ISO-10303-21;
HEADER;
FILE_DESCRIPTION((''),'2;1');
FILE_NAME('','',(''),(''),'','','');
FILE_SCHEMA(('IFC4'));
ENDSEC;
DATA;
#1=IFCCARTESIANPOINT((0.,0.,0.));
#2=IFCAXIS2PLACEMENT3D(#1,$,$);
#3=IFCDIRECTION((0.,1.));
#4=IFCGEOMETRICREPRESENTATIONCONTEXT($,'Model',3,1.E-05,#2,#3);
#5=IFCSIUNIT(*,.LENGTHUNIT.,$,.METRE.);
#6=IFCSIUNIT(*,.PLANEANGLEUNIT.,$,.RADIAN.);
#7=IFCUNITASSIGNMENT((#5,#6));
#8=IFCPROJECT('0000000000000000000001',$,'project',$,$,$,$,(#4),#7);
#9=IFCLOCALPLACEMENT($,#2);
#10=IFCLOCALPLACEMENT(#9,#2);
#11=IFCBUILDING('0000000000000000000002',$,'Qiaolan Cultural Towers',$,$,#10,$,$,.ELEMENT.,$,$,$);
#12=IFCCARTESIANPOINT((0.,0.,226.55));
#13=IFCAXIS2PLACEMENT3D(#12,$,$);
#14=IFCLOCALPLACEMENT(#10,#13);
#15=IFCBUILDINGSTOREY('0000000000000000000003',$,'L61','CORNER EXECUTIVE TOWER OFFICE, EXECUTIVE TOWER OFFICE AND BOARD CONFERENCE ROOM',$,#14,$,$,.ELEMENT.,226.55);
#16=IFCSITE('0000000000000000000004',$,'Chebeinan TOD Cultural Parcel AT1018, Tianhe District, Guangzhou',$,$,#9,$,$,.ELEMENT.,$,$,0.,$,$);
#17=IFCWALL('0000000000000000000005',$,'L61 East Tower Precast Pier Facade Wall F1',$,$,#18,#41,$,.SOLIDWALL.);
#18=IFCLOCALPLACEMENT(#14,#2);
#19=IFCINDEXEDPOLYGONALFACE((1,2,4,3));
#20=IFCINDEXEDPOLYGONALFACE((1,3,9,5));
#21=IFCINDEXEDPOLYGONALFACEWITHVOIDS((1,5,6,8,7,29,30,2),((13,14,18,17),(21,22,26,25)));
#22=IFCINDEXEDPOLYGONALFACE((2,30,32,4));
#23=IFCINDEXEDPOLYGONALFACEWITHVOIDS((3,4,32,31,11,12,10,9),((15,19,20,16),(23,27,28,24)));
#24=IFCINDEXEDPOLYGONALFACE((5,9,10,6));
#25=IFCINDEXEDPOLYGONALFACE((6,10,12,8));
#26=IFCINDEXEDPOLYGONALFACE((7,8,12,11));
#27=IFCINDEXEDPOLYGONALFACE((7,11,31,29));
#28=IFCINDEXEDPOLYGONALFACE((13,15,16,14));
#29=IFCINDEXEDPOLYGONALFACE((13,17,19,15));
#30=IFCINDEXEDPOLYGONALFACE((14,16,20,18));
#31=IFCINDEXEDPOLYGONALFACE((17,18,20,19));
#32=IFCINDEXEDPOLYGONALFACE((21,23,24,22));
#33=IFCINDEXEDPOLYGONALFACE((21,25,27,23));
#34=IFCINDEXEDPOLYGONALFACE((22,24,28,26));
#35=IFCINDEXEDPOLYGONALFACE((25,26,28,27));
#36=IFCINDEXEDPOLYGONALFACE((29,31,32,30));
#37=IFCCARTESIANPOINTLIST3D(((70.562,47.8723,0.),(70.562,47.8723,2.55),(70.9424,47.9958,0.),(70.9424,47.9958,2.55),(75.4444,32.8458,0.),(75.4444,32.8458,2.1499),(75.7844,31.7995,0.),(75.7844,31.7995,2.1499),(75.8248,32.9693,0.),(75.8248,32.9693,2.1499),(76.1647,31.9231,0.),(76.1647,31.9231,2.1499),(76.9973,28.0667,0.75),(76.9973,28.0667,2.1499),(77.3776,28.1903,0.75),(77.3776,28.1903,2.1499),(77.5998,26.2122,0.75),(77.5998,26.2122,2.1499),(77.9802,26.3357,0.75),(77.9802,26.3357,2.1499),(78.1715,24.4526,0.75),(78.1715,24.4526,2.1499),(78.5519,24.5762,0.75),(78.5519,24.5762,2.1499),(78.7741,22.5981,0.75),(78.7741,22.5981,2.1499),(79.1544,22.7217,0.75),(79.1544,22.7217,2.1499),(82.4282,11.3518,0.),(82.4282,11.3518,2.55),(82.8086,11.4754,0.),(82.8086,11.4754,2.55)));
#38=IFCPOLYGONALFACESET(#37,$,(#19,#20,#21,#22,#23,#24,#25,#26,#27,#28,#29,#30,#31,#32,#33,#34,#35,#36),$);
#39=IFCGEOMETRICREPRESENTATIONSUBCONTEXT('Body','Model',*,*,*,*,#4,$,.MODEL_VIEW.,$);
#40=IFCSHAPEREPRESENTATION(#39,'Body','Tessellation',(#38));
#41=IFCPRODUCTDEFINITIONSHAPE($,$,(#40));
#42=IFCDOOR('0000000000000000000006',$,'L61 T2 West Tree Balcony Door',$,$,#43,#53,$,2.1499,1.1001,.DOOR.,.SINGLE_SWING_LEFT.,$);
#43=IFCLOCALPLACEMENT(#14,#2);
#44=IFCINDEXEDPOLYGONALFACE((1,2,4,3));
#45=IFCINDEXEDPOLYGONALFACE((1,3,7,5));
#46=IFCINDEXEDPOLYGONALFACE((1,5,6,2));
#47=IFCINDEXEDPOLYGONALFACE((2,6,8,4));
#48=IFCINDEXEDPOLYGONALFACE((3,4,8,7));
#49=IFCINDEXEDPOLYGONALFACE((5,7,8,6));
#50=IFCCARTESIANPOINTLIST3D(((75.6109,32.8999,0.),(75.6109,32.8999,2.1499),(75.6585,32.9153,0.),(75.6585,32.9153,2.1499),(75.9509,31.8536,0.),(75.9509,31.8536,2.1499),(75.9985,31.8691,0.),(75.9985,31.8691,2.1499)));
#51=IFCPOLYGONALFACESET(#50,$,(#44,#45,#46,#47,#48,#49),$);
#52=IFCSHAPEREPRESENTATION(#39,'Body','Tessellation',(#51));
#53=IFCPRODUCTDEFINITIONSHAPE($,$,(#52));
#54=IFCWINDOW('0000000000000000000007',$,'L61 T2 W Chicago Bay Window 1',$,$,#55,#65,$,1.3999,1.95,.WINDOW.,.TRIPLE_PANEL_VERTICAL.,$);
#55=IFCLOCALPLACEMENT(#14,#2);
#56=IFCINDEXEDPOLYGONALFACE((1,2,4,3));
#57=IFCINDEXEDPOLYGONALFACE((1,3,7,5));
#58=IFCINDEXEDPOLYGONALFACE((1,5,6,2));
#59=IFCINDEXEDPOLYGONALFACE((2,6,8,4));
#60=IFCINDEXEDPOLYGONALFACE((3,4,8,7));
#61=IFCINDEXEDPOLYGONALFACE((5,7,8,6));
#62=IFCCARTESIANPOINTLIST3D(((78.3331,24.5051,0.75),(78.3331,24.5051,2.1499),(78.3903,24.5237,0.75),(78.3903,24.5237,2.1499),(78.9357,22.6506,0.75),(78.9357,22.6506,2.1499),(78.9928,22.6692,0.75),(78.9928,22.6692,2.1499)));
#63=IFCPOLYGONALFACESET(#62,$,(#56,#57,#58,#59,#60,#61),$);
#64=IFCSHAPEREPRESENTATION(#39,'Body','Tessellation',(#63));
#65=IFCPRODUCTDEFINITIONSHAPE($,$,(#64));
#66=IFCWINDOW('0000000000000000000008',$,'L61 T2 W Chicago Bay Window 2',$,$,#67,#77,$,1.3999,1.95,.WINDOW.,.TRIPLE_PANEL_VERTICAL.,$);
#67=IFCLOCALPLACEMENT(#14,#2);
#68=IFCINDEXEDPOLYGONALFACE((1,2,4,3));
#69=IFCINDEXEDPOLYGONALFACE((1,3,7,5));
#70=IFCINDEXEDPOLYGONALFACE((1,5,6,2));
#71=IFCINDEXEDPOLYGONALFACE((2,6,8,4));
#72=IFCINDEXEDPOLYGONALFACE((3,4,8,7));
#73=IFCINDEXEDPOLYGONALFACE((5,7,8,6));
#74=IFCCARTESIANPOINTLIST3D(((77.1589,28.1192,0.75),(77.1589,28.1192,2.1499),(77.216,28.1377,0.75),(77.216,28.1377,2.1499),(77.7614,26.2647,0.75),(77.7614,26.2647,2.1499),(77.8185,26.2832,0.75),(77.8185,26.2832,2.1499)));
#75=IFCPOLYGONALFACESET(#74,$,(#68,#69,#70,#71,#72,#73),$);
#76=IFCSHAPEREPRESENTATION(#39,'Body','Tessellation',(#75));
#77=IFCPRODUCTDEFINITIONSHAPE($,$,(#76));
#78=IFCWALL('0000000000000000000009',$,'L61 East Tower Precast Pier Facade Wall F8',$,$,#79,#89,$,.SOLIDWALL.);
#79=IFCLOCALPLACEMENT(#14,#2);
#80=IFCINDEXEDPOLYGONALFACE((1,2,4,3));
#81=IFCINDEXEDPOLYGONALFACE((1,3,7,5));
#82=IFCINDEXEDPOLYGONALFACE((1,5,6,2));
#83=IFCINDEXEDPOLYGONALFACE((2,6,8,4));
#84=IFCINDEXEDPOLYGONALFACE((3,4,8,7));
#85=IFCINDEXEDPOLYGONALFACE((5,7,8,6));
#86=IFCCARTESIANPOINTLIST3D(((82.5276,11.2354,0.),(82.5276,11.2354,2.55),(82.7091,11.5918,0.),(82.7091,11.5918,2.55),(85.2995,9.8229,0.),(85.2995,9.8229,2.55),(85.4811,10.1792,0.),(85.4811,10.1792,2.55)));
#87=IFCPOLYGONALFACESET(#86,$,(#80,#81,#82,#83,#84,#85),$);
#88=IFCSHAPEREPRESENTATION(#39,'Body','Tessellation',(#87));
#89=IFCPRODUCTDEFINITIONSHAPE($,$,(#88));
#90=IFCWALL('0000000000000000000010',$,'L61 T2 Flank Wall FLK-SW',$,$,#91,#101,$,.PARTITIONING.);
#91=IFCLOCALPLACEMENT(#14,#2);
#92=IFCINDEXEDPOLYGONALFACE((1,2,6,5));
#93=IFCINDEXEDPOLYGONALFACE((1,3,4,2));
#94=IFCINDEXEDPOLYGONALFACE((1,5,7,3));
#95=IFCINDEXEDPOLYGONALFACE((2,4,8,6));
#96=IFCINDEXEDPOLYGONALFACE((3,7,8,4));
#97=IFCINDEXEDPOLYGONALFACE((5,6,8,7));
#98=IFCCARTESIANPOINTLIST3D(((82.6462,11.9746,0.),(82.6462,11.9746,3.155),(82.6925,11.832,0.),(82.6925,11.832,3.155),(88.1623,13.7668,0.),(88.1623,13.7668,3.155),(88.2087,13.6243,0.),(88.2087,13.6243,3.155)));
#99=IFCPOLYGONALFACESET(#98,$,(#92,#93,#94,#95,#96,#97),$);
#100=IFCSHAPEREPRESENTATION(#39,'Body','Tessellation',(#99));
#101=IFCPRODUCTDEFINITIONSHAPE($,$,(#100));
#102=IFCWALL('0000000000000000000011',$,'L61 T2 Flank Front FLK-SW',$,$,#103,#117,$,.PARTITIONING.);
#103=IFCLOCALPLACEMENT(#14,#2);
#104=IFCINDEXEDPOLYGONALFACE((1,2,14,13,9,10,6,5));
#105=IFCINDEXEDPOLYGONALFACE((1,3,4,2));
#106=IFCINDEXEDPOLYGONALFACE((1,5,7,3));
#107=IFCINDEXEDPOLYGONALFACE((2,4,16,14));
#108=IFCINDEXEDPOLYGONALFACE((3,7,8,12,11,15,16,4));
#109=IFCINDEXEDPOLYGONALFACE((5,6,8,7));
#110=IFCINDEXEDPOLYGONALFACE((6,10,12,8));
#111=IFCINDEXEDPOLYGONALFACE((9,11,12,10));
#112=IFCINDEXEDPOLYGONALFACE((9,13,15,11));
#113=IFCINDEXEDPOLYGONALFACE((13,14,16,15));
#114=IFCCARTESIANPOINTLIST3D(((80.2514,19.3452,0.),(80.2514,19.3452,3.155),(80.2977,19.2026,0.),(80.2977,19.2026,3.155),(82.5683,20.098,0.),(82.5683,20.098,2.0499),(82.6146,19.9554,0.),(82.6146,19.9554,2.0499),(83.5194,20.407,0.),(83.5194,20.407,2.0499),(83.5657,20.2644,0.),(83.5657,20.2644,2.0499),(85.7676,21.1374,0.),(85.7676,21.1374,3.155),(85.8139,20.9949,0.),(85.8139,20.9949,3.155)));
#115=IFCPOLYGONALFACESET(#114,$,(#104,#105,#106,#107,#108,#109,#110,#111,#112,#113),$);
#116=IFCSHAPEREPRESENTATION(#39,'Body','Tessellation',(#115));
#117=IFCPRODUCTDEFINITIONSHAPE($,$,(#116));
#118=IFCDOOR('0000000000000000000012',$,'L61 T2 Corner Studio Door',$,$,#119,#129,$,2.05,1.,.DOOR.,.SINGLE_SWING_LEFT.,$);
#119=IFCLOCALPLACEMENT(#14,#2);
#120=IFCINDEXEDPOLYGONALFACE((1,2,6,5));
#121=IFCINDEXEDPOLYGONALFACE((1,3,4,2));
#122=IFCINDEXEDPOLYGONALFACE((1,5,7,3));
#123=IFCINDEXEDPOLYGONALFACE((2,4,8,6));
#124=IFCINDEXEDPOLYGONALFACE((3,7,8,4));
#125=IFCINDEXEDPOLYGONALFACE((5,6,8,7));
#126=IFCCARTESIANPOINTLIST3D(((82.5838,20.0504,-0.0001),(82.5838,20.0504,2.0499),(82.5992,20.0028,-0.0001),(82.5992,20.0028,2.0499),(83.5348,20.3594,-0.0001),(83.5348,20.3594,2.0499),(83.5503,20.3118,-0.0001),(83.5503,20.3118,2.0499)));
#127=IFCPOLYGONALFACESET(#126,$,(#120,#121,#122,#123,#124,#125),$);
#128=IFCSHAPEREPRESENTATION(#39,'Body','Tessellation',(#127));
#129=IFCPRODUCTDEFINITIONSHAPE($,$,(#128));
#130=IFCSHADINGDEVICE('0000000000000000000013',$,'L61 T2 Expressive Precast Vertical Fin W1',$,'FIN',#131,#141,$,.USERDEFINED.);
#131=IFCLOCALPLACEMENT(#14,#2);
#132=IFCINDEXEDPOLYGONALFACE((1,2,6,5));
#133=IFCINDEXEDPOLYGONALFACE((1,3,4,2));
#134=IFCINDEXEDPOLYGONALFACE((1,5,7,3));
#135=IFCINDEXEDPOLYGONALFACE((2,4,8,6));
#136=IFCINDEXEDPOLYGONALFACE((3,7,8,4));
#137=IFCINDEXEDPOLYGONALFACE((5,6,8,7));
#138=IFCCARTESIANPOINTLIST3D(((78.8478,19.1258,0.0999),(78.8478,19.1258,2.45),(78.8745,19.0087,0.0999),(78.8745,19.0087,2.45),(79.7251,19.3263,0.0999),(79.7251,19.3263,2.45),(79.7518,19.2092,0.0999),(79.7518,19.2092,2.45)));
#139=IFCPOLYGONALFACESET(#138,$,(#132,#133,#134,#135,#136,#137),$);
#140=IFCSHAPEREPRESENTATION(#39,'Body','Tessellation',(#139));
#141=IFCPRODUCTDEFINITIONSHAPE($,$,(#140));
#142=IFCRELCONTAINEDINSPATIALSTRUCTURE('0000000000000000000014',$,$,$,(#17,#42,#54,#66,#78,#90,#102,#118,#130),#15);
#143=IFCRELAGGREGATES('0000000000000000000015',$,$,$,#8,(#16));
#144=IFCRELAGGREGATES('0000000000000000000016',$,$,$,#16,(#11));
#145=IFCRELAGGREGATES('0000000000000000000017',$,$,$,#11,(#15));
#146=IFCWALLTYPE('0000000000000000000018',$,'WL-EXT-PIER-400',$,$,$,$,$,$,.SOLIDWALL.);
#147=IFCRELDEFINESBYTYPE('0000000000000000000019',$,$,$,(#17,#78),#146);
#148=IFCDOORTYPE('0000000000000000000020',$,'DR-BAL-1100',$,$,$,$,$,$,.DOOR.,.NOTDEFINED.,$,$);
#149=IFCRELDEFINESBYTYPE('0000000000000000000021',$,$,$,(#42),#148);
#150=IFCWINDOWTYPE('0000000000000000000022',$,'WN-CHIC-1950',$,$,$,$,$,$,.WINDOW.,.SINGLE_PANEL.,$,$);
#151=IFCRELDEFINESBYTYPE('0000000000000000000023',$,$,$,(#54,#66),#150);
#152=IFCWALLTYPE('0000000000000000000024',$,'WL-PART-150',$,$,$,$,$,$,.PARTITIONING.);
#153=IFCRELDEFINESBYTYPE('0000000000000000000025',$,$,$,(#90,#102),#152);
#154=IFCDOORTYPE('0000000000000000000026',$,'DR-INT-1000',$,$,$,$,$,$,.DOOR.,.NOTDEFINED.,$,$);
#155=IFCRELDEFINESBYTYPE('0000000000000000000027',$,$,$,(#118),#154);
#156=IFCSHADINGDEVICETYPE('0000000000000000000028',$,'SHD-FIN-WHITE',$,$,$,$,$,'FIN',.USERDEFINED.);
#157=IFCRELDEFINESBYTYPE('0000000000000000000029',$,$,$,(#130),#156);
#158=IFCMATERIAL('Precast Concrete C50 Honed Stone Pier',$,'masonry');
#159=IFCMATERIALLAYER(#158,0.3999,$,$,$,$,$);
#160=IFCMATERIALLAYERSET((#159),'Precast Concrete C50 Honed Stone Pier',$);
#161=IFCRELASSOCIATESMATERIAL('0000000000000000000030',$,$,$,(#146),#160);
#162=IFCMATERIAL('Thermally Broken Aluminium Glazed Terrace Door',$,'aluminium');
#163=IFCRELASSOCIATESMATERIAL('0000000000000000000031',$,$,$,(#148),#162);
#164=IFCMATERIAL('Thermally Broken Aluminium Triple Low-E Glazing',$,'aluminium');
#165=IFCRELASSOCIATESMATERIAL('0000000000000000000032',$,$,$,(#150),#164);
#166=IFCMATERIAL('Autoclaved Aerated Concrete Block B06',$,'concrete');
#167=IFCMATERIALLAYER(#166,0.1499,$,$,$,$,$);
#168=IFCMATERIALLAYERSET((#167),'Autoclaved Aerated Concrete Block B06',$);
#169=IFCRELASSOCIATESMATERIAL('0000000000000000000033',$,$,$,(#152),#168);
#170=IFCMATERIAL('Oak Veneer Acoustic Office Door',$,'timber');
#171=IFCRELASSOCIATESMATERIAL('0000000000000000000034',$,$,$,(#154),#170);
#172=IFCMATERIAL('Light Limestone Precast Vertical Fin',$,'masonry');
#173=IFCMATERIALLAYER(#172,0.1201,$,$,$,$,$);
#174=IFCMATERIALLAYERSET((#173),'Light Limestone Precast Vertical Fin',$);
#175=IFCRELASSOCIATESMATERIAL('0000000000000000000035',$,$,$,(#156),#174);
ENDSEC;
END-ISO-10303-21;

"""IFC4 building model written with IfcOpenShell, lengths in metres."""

from ifc_helpers import new_model, si_unit, direction, frame, frame_2d, origin, origin_2d, place, context, subcontext, project, spatial, rectangle, extrude, material, layer, layer_set, type_object, element, fill, save


model = new_model("IFC4")

# Units and contexts
model_context = context("Model", 3, precision=1e-05, world=origin(), true_north=direction((0.0, 1.0)))
body_context = subcontext(model_context, "Body", "Model", "MODEL_VIEW")
ifc_project = project(units=[si_unit("LENGTHUNIT", "METRE"), si_unit("PLANEANGLEUNIT", "RADIAN")], contexts=[model_context])

# Site, building, storey
site_placement = place(None, origin())
site = spatial("IfcSite", under=ifc_project, at=site_placement, Name="Chebeinan TOD Cultural Parcel AT1018, Tianhe District, Guangzhou", CompositionType="ELEMENT", RefElevation=0.0)
building_placement = place(site_placement, origin())
building = spatial("IfcBuilding", under=site, at=building_placement, Name="Qiaolan Cultural Towers", CompositionType="ELEMENT")
storey_placement = place(building_placement, frame((0.0, 0.0, 226.55)))
storey = spatial("IfcBuildingStorey", under=building, at=storey_placement, Name="L61", Description="CORNER EXECUTIVE TOWER OFFICE, EXECUTIVE TOWER OFFICE AND BOARD CONFERENCE ROOM", CompositionType="ELEMENT", Elevation=226.55)

# Wall, openings, door, windows
ifc_material_1 = material(Name="Precast Concrete C50 Honed Stone Pier", Category="masonry")
ifc_layer_1 = layer(ifc_material_1, 0.3999)
ifc_layer_set_1 = layer_set([ifc_layer_1], Name="Precast Concrete C50 Honed Stone Pier")
wall_type_1 = type_object("IfcWallType", Name="WL-EXT-PIER-400", PredefinedType="SOLIDWALL", material=ifc_layer_set_1)
wall_1_placement = place(storey_placement, frame((82.6184, 11.4136, 0.0), z_axis=(0.0, 0.0, 1.0), x_axis=(-0.309016, 0.951057, 0.0)))
wall_1 = element("IfcWall", 1, at=wall_1_placement, inside=storey, type_object=wall_type_1, Name="L61 East Tower Precast Pier Facade Wall F1", PredefinedType="SOLIDWALL", context=body_context, shape_type="SweptSolid", body=[
    extrude(rectangle(XDim=38.3999, YDim=0.3999, at=frame_2d((19.2, 0.0))), origin(), (0.0, 0.0, 1.0), 2.55),
])
opening_1_placement = place(wall_1_placement, frame((11.825, 0.0, 0.75)))
opening_1 = element("IfcOpeningElement", 2, at=opening_1_placement, cuts=wall_1, PredefinedType="OPENING", context=body_context, shape_type="SweptSolid", body=[
    extrude(rectangle(XDim=1.95, YDim=1.3999, at=frame_2d((0.9751, 0.7))), frame((0.0, 0.21, 0.0), z_axis=(0.0, -1.0, 0.0), x_axis=(1.0, 0.0, 0.0)), (0.0, 0.0, 1.0), 0.4199),
])
opening_2_placement = place(wall_1_placement, frame((15.625, 0.0, 0.75)))
opening_2 = element("IfcOpeningElement", 3, at=opening_2_placement, cuts=wall_1, PredefinedType="OPENING", context=body_context, shape_type="SweptSolid", body=[
    extrude(rectangle(XDim=1.95, YDim=1.3999, at=frame_2d((0.9751, 0.7))), frame((0.0, 0.21, 0.0), z_axis=(0.0, -1.0, 0.0), x_axis=(1.0, 0.0, 0.0)), (0.0, 0.0, 1.0), 0.4199),
])
opening_3_placement = place(wall_1_placement, frame((21.5, 0.0, 0.0)))
opening_3 = element("IfcOpeningElement", 4, at=opening_3_placement, cuts=wall_1, PredefinedType="OPENING", context=body_context, shape_type="SweptSolid", body=[
    extrude(rectangle(XDim=1.1001, YDim=2.1499, at=frame_2d((0.55, 1.075))), frame((0.0, 0.21, 0.0), z_axis=(0.0, -1.0, 0.0), x_axis=(1.0, 0.0, 0.0)), (0.0, 0.0, 1.0), 0.4199),
])
ifc_material_2 = material(Name="Thermally Broken Aluminium Glazed Terrace Door", Category="aluminium")
door_type_1 = type_object("IfcDoorType", Name="DR-BAL-1100", OperationType="NOTDEFINED", PredefinedType="DOOR", material=ifc_material_2)
door_1_placement = place(opening_3_placement, origin())
door_1 = element("IfcDoor", 5, at=door_1_placement, inside=storey, type_object=door_type_1, Name="L61 T2 West Tree Balcony Door", OperationType="SINGLE_SWING_LEFT", OverallHeight=2.1499, OverallWidth=1.1001, PredefinedType="DOOR", context=body_context, shape_type="SweptSolid", body=[
    extrude(rectangle(XDim=1.1001, YDim=2.1499, at=frame_2d((0.55, 1.075))), frame((0.0, 0.0249, 0.0), z_axis=(0.0, -1.0, 0.0), x_axis=(1.0, 0.0, 0.0)), (0.0, 0.0, 1.0), 0.05),
])
fill(opening_3, door_1)
ifc_material_3 = material(Name="Thermally Broken Aluminium Triple Low-E Glazing", Category="aluminium")
window_type = type_object("IfcWindowType", Name="WN-CHIC-1950", PartitioningType="SINGLE_PANEL", PredefinedType="WINDOW", material=ifc_material_3)
window_1_placement = place(opening_1_placement, origin())
window_1 = element("IfcWindow", 6, at=window_1_placement, inside=storey, type_object=window_type, Name="L61 T2 W Chicago Bay Window 1", OverallHeight=1.3999, OverallWidth=1.95, PartitioningType="TRIPLE_PANEL_VERTICAL", PredefinedType="WINDOW", context=body_context, shape_type="SweptSolid", body=[
    extrude(rectangle(XDim=1.95, YDim=1.3999, at=frame_2d((0.9751, 0.7))), frame((0.0, 0.03, 0.0), z_axis=(0.0, -1.0, 0.0), x_axis=(1.0, 0.0, 0.0)), (0.0, 0.0, 1.0), 0.0601),
])
fill(opening_1, window_1)
window_2_placement = place(opening_2_placement, origin())
window_2 = element("IfcWindow", 7, at=window_2_placement, inside=storey, type_object=window_type, Name="L61 T2 W Chicago Bay Window 2", OverallHeight=1.3999, OverallWidth=1.95, PartitioningType="TRIPLE_PANEL_VERTICAL", PredefinedType="WINDOW", context=body_context, shape_type="SweptSolid", body=[
    extrude(rectangle(XDim=1.95, YDim=1.3999, at=frame_2d((0.9751, 0.7))), frame((0.0, 0.03, 0.0), z_axis=(0.0, -1.0, 0.0), x_axis=(1.0, 0.0, 0.0)), (0.0, 0.0, 1.0), 0.0601),
])
fill(opening_2, window_2)

# Walls
wall_2_placement = place(storey_placement, frame((85.3904, 10.001, 0.0), z_axis=(0.0, 0.0, 1.0), x_axis=(-0.89098, 0.454043, 0.0)))
element("IfcWall", 8, at=wall_2_placement, inside=storey, type_object=wall_type_1, Name="L61 East Tower Precast Pier Facade Wall F8", PredefinedType="SOLIDWALL", context=body_context, shape_type="SweptSolid", body=[
    extrude(rectangle(XDim=3.1111, YDim=0.3999, at=frame_2d((1.5557, 0.0))), origin(), (0.0, 0.0, 1.0), 2.55),
])
ifc_material_4 = material(Name="Autoclaved Aerated Concrete Block B06", Category="concrete")
ifc_layer_2 = layer(ifc_material_4, 0.1499)
ifc_layer_set_2 = layer_set([ifc_layer_2], Name="Autoclaved Aerated Concrete Block B06")
wall_type_2 = type_object("IfcWallType", Name="WL-PART-150", PredefinedType="PARTITIONING", material=ifc_layer_set_2)
wall_3_placement = place(storey_placement, frame((82.6694, 11.9033, 0.0), z_axis=(0.0, 0.0, 1.0), x_axis=(0.951059, 0.309008, 0.0)))
element("IfcWall", 9, at=wall_3_placement, inside=storey, type_object=wall_type_2, Name="L61 T2 Flank Wall FLK-SW", PredefinedType="PARTITIONING", context=body_context, shape_type="SweptSolid", body=[
    extrude(rectangle(XDim=5.8, YDim=0.1499, at=frame_2d((2.8999, 0.0))), origin(), (0.0, 0.0, 1.0), 3.155),
])

# Wall, opening, door
wall_4_placement = place(storey_placement, frame((80.2747, 19.2739, 0.0), z_axis=(0.0, 0.0, 1.0), x_axis=(0.951059, 0.309008, 0.0)))
wall_4 = element("IfcWall", 10, at=wall_4_placement, inside=storey, type_object=wall_type_2, Name="L61 T2 Flank Front FLK-SW", PredefinedType="PARTITIONING", context=body_context, shape_type="SweptSolid", body=[
    extrude(rectangle(XDim=5.8, YDim=0.1499, at=frame_2d((2.8999, 0.0))), origin(), (0.0, 0.0, 1.0), 3.155),
])
opening_4_placement = place(wall_4_placement, frame((2.436, 0.0, 0.0)))
opening_4 = element("IfcOpeningElement", 11, at=opening_4_placement, cuts=wall_4, PredefinedType="OPENING", context=body_context, shape_type="SweptSolid", body=[
    extrude(rectangle(XDim=1.0, YDim=2.05, at=frame_2d((0.5, 1.0249))), frame((0.0, 0.085, 0.0), z_axis=(0.0, -1.0, 0.0), x_axis=(1.0, 0.0, 0.0)), (0.0, 0.0, 1.0), 0.1699),
])
ifc_material_5 = material(Name="Oak Veneer Acoustic Office Door", Category="timber")
door_type_2 = type_object("IfcDoorType", Name="DR-INT-1000", OperationType="NOTDEFINED", PredefinedType="DOOR", material=ifc_material_5)
door_2_placement = place(opening_4_placement, origin())
door_2 = element("IfcDoor", 12, at=door_2_placement, inside=storey, type_object=door_type_2, Name="L61 T2 Corner Studio Door", OperationType="SINGLE_SWING_LEFT", OverallHeight=2.05, OverallWidth=1.0, PredefinedType="DOOR", context=body_context, shape_type="SweptSolid", body=[
    extrude(rectangle(XDim=1.0, YDim=2.05, at=frame_2d((0.5, 1.0249))), frame((0.0, 0.0249, 0.0), z_axis=(0.0, -1.0, 0.0), x_axis=(1.0, 0.0, 0.0)), (0.0, 0.0, 1.0), 0.05),
])
fill(opening_4, door_2)

# Shading device
ifc_material_6 = material(Name="Light Limestone Precast Vertical Fin", Category="masonry")
ifc_layer_3 = layer(ifc_material_6, 0.1201)
ifc_layer_set_3 = layer_set([ifc_layer_3], Name="Light Limestone Precast Vertical Fin")
shading_device_type = type_object("IfcShadingDeviceType", Name="SHD-FIN-WHITE", ElementType="FIN", PredefinedType="USERDEFINED", material=ifc_layer_set_3)
shading_device_placement = place(storey_placement, frame((79.2998, 19.1675, 0.0999), z_axis=(0.0, 0.0, 1.0), x_axis=(0.974879, 0.222735, 0.0)))
element("IfcShadingDevice", 13, at=shading_device_placement, inside=storey, type_object=shading_device_type, Name="L61 T2 Expressive Precast Vertical Fin W1", ObjectType="FIN", PredefinedType="USERDEFINED", context=body_context, shape_type="SweptSolid", body=[
    extrude(rectangle(XDim=0.8999, YDim=0.1201, at=origin_2d()), origin(), (0.0, 0.0, 1.0), 2.3501),
])

save(model, "model.ifc")
